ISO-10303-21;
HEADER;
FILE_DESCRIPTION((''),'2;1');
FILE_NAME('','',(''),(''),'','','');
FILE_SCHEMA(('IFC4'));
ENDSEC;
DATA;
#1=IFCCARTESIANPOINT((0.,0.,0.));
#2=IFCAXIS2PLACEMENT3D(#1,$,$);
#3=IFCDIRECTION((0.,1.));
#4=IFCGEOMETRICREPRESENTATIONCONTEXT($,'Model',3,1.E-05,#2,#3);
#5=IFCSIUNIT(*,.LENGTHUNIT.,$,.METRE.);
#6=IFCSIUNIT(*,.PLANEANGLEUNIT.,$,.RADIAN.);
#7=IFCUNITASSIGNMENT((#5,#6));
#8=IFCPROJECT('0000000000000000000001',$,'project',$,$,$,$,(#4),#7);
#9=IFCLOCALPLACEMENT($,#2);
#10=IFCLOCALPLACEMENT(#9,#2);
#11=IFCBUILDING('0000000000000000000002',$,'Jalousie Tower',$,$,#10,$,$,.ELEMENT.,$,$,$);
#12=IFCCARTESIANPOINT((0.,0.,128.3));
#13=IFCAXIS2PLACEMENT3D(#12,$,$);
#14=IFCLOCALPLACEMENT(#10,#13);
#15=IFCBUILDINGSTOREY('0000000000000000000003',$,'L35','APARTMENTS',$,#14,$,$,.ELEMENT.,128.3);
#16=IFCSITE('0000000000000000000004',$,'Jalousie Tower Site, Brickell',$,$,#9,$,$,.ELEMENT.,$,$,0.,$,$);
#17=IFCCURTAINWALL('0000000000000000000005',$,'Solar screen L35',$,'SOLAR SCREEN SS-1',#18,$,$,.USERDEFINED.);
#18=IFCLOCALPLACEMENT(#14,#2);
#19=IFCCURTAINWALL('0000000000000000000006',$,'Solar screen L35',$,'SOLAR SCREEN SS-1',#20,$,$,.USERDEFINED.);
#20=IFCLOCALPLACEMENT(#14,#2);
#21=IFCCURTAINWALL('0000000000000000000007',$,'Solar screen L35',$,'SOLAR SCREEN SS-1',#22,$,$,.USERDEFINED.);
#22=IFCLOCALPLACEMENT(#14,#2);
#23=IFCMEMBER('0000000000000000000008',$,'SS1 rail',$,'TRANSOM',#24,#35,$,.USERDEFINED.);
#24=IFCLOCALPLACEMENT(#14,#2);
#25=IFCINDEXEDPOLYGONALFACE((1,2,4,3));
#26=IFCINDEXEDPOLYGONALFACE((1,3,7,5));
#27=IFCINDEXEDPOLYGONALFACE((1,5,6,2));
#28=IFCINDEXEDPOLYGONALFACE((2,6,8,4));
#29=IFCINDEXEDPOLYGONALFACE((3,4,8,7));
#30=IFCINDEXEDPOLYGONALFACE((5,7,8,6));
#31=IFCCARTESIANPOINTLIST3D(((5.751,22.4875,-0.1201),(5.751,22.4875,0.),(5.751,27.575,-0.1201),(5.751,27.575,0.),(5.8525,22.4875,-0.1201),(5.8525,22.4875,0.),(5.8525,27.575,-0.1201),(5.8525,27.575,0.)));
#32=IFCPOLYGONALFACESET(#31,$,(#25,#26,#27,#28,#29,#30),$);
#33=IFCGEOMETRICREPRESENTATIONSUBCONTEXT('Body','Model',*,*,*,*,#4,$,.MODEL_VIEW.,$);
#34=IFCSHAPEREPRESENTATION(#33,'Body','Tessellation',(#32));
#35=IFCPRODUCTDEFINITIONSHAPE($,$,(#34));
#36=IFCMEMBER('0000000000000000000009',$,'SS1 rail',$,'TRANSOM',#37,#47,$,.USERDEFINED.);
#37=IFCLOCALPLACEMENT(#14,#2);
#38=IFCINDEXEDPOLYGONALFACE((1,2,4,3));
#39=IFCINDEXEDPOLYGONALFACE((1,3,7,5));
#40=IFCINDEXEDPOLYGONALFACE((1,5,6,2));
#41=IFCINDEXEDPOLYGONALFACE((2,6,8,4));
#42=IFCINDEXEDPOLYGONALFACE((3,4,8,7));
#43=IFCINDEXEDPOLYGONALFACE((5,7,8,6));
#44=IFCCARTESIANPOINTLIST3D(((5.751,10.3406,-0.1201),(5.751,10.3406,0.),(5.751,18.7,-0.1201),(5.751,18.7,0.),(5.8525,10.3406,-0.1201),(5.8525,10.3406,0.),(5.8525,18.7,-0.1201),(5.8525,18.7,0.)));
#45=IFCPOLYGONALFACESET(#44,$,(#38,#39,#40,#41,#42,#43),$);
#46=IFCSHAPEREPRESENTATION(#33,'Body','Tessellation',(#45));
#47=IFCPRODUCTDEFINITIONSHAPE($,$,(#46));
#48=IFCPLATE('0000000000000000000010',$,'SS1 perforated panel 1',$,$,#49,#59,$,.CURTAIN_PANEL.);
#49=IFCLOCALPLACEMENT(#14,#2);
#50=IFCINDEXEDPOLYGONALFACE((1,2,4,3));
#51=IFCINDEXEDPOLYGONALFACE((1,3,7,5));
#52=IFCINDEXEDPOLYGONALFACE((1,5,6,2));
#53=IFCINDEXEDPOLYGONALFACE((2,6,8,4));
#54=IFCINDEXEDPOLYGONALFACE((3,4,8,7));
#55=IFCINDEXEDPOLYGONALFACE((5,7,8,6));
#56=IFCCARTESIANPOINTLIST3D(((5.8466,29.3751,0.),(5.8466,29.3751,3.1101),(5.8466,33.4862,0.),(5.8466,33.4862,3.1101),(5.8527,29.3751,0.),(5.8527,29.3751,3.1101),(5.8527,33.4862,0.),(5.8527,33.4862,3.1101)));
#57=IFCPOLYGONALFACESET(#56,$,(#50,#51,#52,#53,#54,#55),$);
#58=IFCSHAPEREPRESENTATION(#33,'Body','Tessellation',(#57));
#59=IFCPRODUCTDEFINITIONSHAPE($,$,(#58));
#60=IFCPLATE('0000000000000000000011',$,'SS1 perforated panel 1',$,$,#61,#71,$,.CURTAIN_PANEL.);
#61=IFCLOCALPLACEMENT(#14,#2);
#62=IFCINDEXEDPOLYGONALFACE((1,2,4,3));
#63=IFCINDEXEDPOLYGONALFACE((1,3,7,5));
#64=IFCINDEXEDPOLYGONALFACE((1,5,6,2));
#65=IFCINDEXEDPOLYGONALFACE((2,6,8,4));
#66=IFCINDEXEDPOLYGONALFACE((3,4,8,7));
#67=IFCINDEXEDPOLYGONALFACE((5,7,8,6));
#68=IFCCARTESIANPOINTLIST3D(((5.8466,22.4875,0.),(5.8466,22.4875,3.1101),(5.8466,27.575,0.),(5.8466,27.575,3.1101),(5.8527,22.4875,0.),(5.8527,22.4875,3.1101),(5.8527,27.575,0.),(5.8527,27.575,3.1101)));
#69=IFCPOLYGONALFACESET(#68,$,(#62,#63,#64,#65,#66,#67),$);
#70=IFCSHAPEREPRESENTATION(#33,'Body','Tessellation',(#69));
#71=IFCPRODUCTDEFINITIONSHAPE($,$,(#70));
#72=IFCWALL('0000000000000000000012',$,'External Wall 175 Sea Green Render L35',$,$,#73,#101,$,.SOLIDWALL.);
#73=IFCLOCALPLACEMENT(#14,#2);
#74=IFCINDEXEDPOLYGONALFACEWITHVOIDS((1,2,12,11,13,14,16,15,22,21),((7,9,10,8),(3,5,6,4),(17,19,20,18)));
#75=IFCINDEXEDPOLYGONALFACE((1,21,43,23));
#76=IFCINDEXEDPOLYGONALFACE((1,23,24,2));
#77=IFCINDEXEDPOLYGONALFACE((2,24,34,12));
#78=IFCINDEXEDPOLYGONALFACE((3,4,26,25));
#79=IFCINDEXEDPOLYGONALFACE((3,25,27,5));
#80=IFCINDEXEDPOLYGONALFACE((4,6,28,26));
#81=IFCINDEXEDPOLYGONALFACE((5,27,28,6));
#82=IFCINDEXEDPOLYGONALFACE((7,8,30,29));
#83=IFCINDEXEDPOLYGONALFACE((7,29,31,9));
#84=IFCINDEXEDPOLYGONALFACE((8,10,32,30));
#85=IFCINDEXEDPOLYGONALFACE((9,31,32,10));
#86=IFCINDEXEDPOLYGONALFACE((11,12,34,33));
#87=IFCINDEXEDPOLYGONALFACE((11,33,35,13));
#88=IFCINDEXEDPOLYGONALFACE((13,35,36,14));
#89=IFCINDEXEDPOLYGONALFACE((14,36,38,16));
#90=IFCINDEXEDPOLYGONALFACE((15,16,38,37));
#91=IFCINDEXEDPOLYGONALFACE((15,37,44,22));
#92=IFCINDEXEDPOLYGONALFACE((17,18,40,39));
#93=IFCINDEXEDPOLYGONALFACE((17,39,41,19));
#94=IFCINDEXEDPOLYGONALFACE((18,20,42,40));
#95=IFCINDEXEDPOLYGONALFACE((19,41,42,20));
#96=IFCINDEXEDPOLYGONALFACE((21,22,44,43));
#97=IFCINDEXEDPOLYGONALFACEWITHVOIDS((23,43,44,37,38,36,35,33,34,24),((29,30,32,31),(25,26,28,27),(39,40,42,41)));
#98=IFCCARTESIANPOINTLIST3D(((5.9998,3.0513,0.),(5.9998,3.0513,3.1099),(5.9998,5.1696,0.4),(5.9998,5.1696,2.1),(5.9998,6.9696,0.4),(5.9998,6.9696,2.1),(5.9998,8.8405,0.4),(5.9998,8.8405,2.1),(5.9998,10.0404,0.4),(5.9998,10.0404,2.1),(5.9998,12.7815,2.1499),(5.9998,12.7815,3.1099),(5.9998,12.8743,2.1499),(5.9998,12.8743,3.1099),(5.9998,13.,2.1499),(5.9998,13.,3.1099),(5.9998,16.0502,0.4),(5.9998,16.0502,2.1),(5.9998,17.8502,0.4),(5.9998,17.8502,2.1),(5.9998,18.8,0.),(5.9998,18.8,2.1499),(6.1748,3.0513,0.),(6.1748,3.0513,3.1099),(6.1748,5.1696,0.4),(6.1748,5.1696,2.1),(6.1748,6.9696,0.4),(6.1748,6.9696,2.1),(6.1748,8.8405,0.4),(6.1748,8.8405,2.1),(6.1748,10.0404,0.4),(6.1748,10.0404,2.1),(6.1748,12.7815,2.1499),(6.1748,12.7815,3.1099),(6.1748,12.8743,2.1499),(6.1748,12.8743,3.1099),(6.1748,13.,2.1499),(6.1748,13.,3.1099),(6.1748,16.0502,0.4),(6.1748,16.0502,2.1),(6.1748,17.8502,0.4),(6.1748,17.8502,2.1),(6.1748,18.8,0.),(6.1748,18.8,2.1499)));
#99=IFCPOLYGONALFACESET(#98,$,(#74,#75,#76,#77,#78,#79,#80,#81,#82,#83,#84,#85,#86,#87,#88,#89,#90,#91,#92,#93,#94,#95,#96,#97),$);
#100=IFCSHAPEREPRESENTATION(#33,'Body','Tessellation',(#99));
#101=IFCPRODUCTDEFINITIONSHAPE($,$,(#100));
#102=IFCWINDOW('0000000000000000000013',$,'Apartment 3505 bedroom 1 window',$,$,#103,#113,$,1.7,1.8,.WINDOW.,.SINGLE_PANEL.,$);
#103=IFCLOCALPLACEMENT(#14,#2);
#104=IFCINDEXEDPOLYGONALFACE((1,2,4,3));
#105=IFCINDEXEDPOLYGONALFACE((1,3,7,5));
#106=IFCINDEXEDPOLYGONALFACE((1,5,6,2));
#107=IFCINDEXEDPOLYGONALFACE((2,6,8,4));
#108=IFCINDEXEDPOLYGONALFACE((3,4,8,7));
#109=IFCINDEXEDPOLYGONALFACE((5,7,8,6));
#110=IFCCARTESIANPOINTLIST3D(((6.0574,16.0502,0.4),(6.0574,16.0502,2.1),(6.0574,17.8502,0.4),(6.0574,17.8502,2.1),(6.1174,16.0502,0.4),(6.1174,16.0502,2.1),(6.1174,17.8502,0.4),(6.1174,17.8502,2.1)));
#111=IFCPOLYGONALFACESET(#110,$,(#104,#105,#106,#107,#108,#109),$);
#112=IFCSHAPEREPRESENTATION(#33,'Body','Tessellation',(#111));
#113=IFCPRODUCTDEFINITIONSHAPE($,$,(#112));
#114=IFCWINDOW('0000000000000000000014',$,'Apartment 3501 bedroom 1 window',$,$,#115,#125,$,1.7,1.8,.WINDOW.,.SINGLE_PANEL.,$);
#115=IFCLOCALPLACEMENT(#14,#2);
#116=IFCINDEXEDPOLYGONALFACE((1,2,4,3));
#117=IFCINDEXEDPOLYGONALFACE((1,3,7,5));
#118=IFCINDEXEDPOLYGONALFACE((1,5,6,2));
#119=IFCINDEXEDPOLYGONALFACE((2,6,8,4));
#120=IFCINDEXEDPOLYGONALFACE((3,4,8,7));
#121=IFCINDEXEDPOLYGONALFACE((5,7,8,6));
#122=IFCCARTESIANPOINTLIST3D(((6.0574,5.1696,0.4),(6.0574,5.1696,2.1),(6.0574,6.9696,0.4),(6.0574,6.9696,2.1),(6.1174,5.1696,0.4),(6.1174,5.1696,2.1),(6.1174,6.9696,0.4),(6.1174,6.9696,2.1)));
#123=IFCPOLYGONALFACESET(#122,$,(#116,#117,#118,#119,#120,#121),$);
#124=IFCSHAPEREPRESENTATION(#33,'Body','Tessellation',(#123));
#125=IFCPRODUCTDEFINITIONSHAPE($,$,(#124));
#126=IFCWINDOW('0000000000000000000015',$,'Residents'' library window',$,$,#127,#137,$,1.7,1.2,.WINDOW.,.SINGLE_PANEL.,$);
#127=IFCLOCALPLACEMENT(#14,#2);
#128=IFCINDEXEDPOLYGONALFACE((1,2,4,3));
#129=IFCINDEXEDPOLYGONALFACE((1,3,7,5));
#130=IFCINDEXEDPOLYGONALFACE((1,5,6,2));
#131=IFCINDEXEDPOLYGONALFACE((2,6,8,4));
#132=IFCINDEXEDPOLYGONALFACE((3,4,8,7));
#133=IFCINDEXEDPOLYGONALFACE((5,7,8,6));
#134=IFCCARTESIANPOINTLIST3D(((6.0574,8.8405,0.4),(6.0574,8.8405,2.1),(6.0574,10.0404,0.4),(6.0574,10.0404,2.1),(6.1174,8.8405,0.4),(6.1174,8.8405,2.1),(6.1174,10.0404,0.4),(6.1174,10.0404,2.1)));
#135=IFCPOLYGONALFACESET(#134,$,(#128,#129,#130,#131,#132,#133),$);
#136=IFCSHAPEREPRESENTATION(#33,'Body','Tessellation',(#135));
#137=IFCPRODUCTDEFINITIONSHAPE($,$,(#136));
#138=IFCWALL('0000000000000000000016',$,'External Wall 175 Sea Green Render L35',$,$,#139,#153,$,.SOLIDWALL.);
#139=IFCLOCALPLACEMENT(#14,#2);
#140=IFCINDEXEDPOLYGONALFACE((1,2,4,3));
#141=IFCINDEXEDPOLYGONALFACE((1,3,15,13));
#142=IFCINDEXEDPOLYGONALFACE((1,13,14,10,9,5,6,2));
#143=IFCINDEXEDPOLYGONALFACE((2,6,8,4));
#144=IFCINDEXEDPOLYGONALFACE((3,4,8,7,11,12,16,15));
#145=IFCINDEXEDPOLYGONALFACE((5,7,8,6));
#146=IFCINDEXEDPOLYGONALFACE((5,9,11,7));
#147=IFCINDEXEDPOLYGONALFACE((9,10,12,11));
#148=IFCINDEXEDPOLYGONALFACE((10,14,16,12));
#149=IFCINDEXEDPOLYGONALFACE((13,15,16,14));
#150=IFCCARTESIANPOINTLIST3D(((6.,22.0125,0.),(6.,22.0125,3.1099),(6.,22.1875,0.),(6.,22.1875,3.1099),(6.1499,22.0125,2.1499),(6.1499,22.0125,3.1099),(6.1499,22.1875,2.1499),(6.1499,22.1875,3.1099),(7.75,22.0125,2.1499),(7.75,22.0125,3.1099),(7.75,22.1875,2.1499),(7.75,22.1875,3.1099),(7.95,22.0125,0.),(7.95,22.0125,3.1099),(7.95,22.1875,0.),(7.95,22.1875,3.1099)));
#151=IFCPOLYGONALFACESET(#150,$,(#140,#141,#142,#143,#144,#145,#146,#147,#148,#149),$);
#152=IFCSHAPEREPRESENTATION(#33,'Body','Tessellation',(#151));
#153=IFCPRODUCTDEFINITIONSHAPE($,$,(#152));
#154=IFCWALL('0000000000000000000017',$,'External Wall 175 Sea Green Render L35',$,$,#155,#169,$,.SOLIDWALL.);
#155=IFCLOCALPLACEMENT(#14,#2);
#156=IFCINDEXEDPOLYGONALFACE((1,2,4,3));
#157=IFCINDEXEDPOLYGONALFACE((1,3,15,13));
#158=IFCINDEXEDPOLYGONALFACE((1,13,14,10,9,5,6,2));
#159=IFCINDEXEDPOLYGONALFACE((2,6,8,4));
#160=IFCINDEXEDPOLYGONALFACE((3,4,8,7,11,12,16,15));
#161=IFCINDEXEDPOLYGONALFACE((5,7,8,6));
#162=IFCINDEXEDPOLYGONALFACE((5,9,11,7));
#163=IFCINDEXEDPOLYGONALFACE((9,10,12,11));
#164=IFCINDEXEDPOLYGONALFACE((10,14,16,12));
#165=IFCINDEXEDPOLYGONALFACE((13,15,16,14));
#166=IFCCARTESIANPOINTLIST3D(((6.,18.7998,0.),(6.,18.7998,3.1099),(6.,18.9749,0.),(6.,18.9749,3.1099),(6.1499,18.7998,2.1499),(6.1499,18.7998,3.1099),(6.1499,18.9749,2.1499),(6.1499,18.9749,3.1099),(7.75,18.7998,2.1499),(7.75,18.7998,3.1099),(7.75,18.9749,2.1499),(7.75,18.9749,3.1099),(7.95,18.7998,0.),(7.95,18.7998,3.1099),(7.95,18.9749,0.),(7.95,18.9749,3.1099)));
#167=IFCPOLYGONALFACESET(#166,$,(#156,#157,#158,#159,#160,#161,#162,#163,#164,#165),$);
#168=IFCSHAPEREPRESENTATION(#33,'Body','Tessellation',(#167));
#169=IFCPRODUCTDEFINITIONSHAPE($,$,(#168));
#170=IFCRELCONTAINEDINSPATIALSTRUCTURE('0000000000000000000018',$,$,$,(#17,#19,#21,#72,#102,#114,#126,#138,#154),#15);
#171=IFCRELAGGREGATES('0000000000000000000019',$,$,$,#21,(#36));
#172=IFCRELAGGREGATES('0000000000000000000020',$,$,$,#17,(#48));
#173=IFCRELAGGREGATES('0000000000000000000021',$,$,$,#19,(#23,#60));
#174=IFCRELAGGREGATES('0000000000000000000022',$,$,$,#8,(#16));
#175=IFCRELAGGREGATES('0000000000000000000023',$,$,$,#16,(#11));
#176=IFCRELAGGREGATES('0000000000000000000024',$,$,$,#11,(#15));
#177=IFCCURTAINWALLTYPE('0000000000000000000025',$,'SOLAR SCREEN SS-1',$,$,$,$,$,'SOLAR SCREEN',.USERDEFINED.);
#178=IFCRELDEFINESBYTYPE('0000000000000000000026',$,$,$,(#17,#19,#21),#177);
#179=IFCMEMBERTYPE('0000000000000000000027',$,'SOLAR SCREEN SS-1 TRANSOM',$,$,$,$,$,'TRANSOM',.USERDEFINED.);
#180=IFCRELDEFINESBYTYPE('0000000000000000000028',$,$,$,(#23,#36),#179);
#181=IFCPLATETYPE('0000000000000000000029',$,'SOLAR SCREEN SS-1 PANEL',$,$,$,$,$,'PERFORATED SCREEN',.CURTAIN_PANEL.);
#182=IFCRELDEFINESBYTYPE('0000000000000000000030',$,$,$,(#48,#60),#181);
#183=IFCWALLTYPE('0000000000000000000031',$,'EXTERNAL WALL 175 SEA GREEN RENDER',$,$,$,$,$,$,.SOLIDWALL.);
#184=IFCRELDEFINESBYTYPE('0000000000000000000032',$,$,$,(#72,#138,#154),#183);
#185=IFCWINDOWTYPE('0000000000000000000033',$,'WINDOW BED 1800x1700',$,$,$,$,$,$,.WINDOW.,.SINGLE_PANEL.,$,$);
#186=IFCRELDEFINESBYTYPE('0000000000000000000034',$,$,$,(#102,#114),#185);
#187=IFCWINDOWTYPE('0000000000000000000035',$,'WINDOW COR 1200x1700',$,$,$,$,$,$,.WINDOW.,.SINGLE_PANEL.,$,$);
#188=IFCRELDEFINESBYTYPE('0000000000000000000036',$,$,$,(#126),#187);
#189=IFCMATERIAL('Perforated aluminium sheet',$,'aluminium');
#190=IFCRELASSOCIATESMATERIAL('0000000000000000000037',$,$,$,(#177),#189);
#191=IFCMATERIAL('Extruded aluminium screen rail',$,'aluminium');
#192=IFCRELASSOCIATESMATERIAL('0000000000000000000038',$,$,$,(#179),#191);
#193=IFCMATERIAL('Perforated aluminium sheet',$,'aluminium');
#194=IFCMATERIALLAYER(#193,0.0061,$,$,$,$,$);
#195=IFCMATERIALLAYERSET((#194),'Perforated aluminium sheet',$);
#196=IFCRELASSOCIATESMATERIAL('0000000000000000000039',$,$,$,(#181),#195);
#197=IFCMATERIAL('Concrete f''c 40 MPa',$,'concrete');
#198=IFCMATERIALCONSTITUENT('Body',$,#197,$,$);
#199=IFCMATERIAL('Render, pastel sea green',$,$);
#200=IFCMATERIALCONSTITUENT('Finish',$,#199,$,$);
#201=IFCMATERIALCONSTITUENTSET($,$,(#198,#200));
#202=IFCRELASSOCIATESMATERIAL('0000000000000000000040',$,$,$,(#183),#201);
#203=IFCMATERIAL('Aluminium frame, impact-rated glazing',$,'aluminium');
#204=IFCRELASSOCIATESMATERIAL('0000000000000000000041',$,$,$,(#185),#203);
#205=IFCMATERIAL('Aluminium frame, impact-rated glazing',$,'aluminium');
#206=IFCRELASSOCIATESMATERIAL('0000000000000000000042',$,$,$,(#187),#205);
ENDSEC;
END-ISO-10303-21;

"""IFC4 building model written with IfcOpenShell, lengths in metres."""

from ifc_helpers import new_model, si_unit, direction, frame, frame_2d, origin, origin_2d, place, context, subcontext, project, spatial, polyline, rectangle, outline, extrude, material, layer, layer_set, constituent, constituent_set, material_profile, profile_set, type_object, element, fill, aggregate, save


model = new_model("IFC4")

# Units and contexts
model_context = context("Model", 3, precision=1e-05, world=origin(), true_north=direction((0.0, 1.0)))
body_context = subcontext(model_context, "Body", "Model", "MODEL_VIEW")
ifc_project = project(units=[si_unit("LENGTHUNIT", "METRE"), si_unit("PLANEANGLEUNIT", "RADIAN")], contexts=[model_context])

# Site, building, storey
site_placement = place(None, origin())
site = spatial("IfcSite", under=ifc_project, at=site_placement, Name="Jalousie Tower Site, Brickell", CompositionType="ELEMENT", RefElevation=0.0)
building_placement = place(site_placement, origin())
building = spatial("IfcBuilding", under=site, at=building_placement, Name="Jalousie Tower", CompositionType="ELEMENT")
storey_placement = place(building_placement, frame((0.0, 0.0, 128.3)))
storey = spatial("IfcBuildingStorey", under=building, at=storey_placement, Name="L35", Description="APARTMENTS", CompositionType="ELEMENT", Elevation=128.3)

# Curtain wall
ifc_material_1 = material(Name="Perforated aluminium sheet", Category="aluminium")
curtain_wall_type = type_object("IfcCurtainWallType", Name="SOLAR SCREEN SS-1", ElementType="SOLAR SCREEN", PredefinedType="USERDEFINED", material=ifc_material_1)
curtain_wall_1_placement = place(storey_placement, origin())
curtain_wall_1 = element("IfcCurtainWall", 1, at=curtain_wall_1_placement, inside=storey, type_object=curtain_wall_type, Name="Solar screen L35", ObjectType="SOLAR SCREEN SS-1", PredefinedType="USERDEFINED")

# Curtain wall
curtain_wall_2_placement = place(storey_placement, origin())
curtain_wall_2 = element("IfcCurtainWall", 2, at=curtain_wall_2_placement, inside=storey, type_object=curtain_wall_type, Name="Solar screen L35", ObjectType="SOLAR SCREEN SS-1", PredefinedType="USERDEFINED")

# Curtain wall
curtain_wall_3_placement = place(storey_placement, origin())
curtain_wall_3 = element("IfcCurtainWall", 3, at=curtain_wall_3_placement, inside=storey, type_object=curtain_wall_type, Name="Solar screen L35", ObjectType="SOLAR SCREEN SS-1", PredefinedType="USERDEFINED")

# Members
ifc_material_2 = material(Name="Extruded aluminium screen rail", Category="aluminium")
ifc_material_profile_1 = material_profile(ifc_material_2, rectangle(XDim=0.1016, YDim=0.1201, at=origin_2d()), Name="RAIL 102x120")
ifc_profile_set_1 = profile_set([ifc_material_profile_1], Name="Extruded aluminium screen rail")
member_type_1 = type_object("IfcMemberType", Name="SOLAR SCREEN SS-1 TRANSOM", ElementType="TRANSOM", PredefinedType="USERDEFINED", material=ifc_profile_set_1)
member_1_placement = place(storey_placement, frame((5.8018, 27.575, -0.0601), z_axis=(0.0, -1.0, 0.0), x_axis=(1.0, 0.0, 0.0)))
member_1 = element("IfcMember", 4, at=member_1_placement, type_object=member_type_1, Name="SS1 rail", ObjectType="TRANSOM", PredefinedType="USERDEFINED", context=body_context, shape_type="SweptSolid", body=[
    extrude(rectangle(XDim=0.1016, YDim=0.1201, at=origin_2d()), origin(), (0.0, 0.0, 1.0), 5.0874),
])
member_2_placement = place(storey_placement, frame((5.8018, 18.7, -0.0601), z_axis=(0.0, -1.0, 0.0), x_axis=(1.0, 0.0, 0.0)))
member_2 = element("IfcMember", 5, at=member_2_placement, type_object=member_type_1, Name="SS1 rail", ObjectType="TRANSOM", PredefinedType="USERDEFINED", context=body_context, shape_type="SweptSolid", body=[
    extrude(rectangle(XDim=0.1016, YDim=0.1201, at=origin_2d()), origin(), (0.0, 0.0, 1.0), 8.3594),
])
aggregate(curtain_wall_3, [member_2])

# Plates
ifc_material_3 = material(Name="Perforated aluminium sheet", Category="aluminium")
ifc_layer_1 = layer(ifc_material_3, 0.0061)
ifc_layer_set_1 = layer_set([ifc_layer_1], Name="Perforated aluminium sheet")
plate_type = type_object("IfcPlateType", Name="SOLAR SCREEN SS-1 PANEL", ElementType="PERFORATED SCREEN", PredefinedType="CURTAIN_PANEL", material=ifc_layer_set_1)
plate_1_placement = place(storey_placement, frame((5.8496, 31.4307, 0.0), z_axis=(0.0, 0.0, 1.0), x_axis=(0.0, -1.0, 0.0)))
plate_1 = element("IfcPlate", 6, at=plate_1_placement, type_object=plate_type, Name="SS1 perforated panel 1", PredefinedType="CURTAIN_PANEL", context=body_context, shape_type="SweptSolid", body=[
    extrude(rectangle(XDim=4.1111, YDim=0.0061, at=origin_2d()), origin(), (0.0, 0.0, 1.0), 3.1101),
])
aggregate(curtain_wall_1, [plate_1])
plate_2_placement = place(storey_placement, frame((5.8496, 25.0312, 0.0), z_axis=(0.0, 0.0, 1.0), x_axis=(0.0, -1.0, 0.0)))
plate_2 = element("IfcPlate", 7, at=plate_2_placement, type_object=plate_type, Name="SS1 perforated panel 1", PredefinedType="CURTAIN_PANEL", context=body_context, shape_type="SweptSolid", body=[
    extrude(rectangle(XDim=5.0874, YDim=0.0061, at=origin_2d()), origin(), (0.0, 0.0, 1.0), 3.1101),
])
aggregate(curtain_wall_2, [member_1, plate_2])

# Wall, openings, windows
ifc_material_4 = material(Name="Concrete f'c 40 MPa", Category="concrete")
ifc_constituent_1 = constituent(ifc_material_4, Name="Body")
ifc_material_5 = material(Name="Render, pastel sea green")
ifc_constituent_2 = constituent(ifc_material_5, Name="Finish")
ifc_constituent_set_1 = constituent_set(constituents=[ifc_constituent_1, ifc_constituent_2])
wall_type_1 = type_object("IfcWallType", Name="EXTERNAL WALL 175 SEA GREEN RENDER", PredefinedType="SOLIDWALL", material=ifc_constituent_set_1)
wall_1_placement = place(storey_placement, frame((6.0874, 18.8, 0.0), z_axis=(0.0, 0.0, 1.0), x_axis=(0.0, -1.0, 0.0)))
wall_1 = element("IfcWall", 8, at=wall_1_placement, inside=storey, type_object=wall_type_1, Name="External Wall 175 Sea Green Render L35", PredefinedType="SOLIDWALL", context=body_context, shape_type="SweptSolid", body=[
    extrude(outline(polyline([(0.0, 0.0), (15.7488, 0.0), (15.7488, 3.1099), (6.0186, 3.1099), (6.0186, 2.1499), (5.9258, 2.1499), (5.9258, 3.1099), (5.8, 3.1099), (5.8, 2.1499), (0.0, 2.1499), (0.0, 0.0)])), frame((0.0, 0.0874, 0.0), z_axis=(0.0, -1.0, 0.0), x_axis=(1.0, 0.0, 0.0)), (0.0, 0.0, 1.0), 0.175),
])
opening_1_placement = place(wall_1_placement, frame((0.95, 0.0, 0.3999)))
opening_1 = element("IfcOpeningElement", 9, at=opening_1_placement, cuts=wall_1, PredefinedType="OPENING", context=body_context, shape_type="SweptSolid", body=[
    extrude(rectangle(XDim=1.8, YDim=1.7, at=frame_2d((0.8999, 0.8501))), frame((0.0, 0.0974, 0.0), z_axis=(0.0, -1.0, 0.0), x_axis=(1.0, 0.0, 0.0)), (0.0, 0.0, 1.0), 0.1951),
])
opening_2_placement = place(wall_1_placement, frame((8.7595, 0.0, 0.3999)))
opening_2 = element("IfcOpeningElement", 10, at=opening_2_placement, cuts=wall_1, PredefinedType="OPENING", context=body_context, shape_type="SweptSolid", body=[
    extrude(rectangle(XDim=1.2, YDim=1.7, at=frame_2d((0.6001, 0.8501))), frame((0.0, 0.0974, 0.0), z_axis=(0.0, -1.0, 0.0), x_axis=(1.0, 0.0, 0.0)), (0.0, 0.0, 1.0), 0.1951),
])
opening_3_placement = place(wall_1_placement, frame((11.8306, 0.0, 0.3999)))
opening_3 = element("IfcOpeningElement", 11, at=opening_3_placement, cuts=wall_1, PredefinedType="OPENING", context=body_context, shape_type="SweptSolid", body=[
    extrude(rectangle(XDim=1.8, YDim=1.7, at=frame_2d((0.8999, 0.8501))), frame((0.0, 0.0974, 0.0), z_axis=(0.0, -1.0, 0.0), x_axis=(1.0, 0.0, 0.0)), (0.0, 0.0, 1.0), 0.1951),
])
ifc_material_6 = material(Name="Aluminium frame, impact-rated glazing", Category="aluminium")
window_type_1 = type_object("IfcWindowType", Name="WINDOW BED 1800x1700", PartitioningType="SINGLE_PANEL", PredefinedType="WINDOW", material=ifc_material_6)
window_1_placement = place(opening_1_placement, origin())
window_1 = element("IfcWindow", 12, at=window_1_placement, inside=storey, type_object=window_type_1, Name="Apartment 3505 bedroom 1 window", OverallHeight=1.7, OverallWidth=1.8, PartitioningType="SINGLE_PANEL", PredefinedType="WINDOW", context=body_context, shape_type="SweptSolid", body=[
    extrude(rectangle(XDim=1.8, YDim=1.7, at=frame_2d((0.8999, 0.8501))), frame((0.0, 0.03, 0.0), z_axis=(0.0, -1.0, 0.0), x_axis=(1.0, 0.0, 0.0)), (0.0, 0.0, 1.0), 0.0601),
])
fill(opening_1, window_1)
window_2_placement = place(opening_3_placement, origin())
window_2 = element("IfcWindow", 13, at=window_2_placement, inside=storey, type_object=window_type_1, Name="Apartment 3501 bedroom 1 window", OverallHeight=1.7, OverallWidth=1.8, PartitioningType="SINGLE_PANEL", PredefinedType="WINDOW", context=body_context, shape_type="SweptSolid", body=[
    extrude(rectangle(XDim=1.8, YDim=1.7, at=frame_2d((0.8999, 0.8501))), frame((0.0, 0.03, 0.0), z_axis=(0.0, -1.0, 0.0), x_axis=(1.0, 0.0, 0.0)), (0.0, 0.0, 1.0), 0.0601),
])
fill(opening_3, window_2)
ifc_material_7 = material(Name="Aluminium frame, impact-rated glazing", Category="aluminium")
window_type_2 = type_object("IfcWindowType", Name="WINDOW COR 1200x1700", PartitioningType="SINGLE_PANEL", PredefinedType="WINDOW", material=ifc_material_7)
window_3_placement = place(opening_2_placement, origin())
window_3 = element("IfcWindow", 14, at=window_3_placement, inside=storey, type_object=window_type_2, Name="Residents' library window", OverallHeight=1.7, OverallWidth=1.2, PartitioningType="SINGLE_PANEL", PredefinedType="WINDOW", context=body_context, shape_type="SweptSolid", body=[
    extrude(rectangle(XDim=1.2, YDim=1.7, at=frame_2d((0.6001, 0.8501))), frame((0.0, 0.03, 0.0), z_axis=(0.0, -1.0, 0.0), x_axis=(1.0, 0.0, 0.0)), (0.0, 0.0, 1.0), 0.0601),
])
fill(opening_2, window_3)

# Walls
for number, where, z_axis, x_axis, name in (
    (15, (6.0, 22.1001, 0.0), (0.0, 0.0, 1.0), (1.0, 0.0, 0.0), "External Wall 175 Sea Green Render L35"),
    (16, (6.0, 18.8875, 0.0), (0.0, 0.0, 1.0), (1.0, 0.0, 0.0), "External Wall 175 Sea Green Render L35"),
):
    element("IfcWall", number, at=place(storey_placement, frame(where, z_axis=z_axis, x_axis=x_axis)), inside=storey, type_object=wall_type_1, Name=name, PredefinedType="SOLIDWALL", context=body_context, shape_type="SweptSolid", body=[
        extrude(outline(polyline([(0.0, 0.0), (1.95, 0.0), (1.95, 3.1099), (1.75, 3.1099), (1.75, 2.1499), (0.1499, 2.1499), (0.1499, 3.1099), (0.0, 3.1099), (0.0, 0.0)])), frame((0.0, 0.0874, 0.0), z_axis=(0.0, -1.0, 0.0), x_axis=(1.0, 0.0, 0.0)), (0.0, 0.0, 1.0), 0.175),
    ])

save(model, "model.ifc")
